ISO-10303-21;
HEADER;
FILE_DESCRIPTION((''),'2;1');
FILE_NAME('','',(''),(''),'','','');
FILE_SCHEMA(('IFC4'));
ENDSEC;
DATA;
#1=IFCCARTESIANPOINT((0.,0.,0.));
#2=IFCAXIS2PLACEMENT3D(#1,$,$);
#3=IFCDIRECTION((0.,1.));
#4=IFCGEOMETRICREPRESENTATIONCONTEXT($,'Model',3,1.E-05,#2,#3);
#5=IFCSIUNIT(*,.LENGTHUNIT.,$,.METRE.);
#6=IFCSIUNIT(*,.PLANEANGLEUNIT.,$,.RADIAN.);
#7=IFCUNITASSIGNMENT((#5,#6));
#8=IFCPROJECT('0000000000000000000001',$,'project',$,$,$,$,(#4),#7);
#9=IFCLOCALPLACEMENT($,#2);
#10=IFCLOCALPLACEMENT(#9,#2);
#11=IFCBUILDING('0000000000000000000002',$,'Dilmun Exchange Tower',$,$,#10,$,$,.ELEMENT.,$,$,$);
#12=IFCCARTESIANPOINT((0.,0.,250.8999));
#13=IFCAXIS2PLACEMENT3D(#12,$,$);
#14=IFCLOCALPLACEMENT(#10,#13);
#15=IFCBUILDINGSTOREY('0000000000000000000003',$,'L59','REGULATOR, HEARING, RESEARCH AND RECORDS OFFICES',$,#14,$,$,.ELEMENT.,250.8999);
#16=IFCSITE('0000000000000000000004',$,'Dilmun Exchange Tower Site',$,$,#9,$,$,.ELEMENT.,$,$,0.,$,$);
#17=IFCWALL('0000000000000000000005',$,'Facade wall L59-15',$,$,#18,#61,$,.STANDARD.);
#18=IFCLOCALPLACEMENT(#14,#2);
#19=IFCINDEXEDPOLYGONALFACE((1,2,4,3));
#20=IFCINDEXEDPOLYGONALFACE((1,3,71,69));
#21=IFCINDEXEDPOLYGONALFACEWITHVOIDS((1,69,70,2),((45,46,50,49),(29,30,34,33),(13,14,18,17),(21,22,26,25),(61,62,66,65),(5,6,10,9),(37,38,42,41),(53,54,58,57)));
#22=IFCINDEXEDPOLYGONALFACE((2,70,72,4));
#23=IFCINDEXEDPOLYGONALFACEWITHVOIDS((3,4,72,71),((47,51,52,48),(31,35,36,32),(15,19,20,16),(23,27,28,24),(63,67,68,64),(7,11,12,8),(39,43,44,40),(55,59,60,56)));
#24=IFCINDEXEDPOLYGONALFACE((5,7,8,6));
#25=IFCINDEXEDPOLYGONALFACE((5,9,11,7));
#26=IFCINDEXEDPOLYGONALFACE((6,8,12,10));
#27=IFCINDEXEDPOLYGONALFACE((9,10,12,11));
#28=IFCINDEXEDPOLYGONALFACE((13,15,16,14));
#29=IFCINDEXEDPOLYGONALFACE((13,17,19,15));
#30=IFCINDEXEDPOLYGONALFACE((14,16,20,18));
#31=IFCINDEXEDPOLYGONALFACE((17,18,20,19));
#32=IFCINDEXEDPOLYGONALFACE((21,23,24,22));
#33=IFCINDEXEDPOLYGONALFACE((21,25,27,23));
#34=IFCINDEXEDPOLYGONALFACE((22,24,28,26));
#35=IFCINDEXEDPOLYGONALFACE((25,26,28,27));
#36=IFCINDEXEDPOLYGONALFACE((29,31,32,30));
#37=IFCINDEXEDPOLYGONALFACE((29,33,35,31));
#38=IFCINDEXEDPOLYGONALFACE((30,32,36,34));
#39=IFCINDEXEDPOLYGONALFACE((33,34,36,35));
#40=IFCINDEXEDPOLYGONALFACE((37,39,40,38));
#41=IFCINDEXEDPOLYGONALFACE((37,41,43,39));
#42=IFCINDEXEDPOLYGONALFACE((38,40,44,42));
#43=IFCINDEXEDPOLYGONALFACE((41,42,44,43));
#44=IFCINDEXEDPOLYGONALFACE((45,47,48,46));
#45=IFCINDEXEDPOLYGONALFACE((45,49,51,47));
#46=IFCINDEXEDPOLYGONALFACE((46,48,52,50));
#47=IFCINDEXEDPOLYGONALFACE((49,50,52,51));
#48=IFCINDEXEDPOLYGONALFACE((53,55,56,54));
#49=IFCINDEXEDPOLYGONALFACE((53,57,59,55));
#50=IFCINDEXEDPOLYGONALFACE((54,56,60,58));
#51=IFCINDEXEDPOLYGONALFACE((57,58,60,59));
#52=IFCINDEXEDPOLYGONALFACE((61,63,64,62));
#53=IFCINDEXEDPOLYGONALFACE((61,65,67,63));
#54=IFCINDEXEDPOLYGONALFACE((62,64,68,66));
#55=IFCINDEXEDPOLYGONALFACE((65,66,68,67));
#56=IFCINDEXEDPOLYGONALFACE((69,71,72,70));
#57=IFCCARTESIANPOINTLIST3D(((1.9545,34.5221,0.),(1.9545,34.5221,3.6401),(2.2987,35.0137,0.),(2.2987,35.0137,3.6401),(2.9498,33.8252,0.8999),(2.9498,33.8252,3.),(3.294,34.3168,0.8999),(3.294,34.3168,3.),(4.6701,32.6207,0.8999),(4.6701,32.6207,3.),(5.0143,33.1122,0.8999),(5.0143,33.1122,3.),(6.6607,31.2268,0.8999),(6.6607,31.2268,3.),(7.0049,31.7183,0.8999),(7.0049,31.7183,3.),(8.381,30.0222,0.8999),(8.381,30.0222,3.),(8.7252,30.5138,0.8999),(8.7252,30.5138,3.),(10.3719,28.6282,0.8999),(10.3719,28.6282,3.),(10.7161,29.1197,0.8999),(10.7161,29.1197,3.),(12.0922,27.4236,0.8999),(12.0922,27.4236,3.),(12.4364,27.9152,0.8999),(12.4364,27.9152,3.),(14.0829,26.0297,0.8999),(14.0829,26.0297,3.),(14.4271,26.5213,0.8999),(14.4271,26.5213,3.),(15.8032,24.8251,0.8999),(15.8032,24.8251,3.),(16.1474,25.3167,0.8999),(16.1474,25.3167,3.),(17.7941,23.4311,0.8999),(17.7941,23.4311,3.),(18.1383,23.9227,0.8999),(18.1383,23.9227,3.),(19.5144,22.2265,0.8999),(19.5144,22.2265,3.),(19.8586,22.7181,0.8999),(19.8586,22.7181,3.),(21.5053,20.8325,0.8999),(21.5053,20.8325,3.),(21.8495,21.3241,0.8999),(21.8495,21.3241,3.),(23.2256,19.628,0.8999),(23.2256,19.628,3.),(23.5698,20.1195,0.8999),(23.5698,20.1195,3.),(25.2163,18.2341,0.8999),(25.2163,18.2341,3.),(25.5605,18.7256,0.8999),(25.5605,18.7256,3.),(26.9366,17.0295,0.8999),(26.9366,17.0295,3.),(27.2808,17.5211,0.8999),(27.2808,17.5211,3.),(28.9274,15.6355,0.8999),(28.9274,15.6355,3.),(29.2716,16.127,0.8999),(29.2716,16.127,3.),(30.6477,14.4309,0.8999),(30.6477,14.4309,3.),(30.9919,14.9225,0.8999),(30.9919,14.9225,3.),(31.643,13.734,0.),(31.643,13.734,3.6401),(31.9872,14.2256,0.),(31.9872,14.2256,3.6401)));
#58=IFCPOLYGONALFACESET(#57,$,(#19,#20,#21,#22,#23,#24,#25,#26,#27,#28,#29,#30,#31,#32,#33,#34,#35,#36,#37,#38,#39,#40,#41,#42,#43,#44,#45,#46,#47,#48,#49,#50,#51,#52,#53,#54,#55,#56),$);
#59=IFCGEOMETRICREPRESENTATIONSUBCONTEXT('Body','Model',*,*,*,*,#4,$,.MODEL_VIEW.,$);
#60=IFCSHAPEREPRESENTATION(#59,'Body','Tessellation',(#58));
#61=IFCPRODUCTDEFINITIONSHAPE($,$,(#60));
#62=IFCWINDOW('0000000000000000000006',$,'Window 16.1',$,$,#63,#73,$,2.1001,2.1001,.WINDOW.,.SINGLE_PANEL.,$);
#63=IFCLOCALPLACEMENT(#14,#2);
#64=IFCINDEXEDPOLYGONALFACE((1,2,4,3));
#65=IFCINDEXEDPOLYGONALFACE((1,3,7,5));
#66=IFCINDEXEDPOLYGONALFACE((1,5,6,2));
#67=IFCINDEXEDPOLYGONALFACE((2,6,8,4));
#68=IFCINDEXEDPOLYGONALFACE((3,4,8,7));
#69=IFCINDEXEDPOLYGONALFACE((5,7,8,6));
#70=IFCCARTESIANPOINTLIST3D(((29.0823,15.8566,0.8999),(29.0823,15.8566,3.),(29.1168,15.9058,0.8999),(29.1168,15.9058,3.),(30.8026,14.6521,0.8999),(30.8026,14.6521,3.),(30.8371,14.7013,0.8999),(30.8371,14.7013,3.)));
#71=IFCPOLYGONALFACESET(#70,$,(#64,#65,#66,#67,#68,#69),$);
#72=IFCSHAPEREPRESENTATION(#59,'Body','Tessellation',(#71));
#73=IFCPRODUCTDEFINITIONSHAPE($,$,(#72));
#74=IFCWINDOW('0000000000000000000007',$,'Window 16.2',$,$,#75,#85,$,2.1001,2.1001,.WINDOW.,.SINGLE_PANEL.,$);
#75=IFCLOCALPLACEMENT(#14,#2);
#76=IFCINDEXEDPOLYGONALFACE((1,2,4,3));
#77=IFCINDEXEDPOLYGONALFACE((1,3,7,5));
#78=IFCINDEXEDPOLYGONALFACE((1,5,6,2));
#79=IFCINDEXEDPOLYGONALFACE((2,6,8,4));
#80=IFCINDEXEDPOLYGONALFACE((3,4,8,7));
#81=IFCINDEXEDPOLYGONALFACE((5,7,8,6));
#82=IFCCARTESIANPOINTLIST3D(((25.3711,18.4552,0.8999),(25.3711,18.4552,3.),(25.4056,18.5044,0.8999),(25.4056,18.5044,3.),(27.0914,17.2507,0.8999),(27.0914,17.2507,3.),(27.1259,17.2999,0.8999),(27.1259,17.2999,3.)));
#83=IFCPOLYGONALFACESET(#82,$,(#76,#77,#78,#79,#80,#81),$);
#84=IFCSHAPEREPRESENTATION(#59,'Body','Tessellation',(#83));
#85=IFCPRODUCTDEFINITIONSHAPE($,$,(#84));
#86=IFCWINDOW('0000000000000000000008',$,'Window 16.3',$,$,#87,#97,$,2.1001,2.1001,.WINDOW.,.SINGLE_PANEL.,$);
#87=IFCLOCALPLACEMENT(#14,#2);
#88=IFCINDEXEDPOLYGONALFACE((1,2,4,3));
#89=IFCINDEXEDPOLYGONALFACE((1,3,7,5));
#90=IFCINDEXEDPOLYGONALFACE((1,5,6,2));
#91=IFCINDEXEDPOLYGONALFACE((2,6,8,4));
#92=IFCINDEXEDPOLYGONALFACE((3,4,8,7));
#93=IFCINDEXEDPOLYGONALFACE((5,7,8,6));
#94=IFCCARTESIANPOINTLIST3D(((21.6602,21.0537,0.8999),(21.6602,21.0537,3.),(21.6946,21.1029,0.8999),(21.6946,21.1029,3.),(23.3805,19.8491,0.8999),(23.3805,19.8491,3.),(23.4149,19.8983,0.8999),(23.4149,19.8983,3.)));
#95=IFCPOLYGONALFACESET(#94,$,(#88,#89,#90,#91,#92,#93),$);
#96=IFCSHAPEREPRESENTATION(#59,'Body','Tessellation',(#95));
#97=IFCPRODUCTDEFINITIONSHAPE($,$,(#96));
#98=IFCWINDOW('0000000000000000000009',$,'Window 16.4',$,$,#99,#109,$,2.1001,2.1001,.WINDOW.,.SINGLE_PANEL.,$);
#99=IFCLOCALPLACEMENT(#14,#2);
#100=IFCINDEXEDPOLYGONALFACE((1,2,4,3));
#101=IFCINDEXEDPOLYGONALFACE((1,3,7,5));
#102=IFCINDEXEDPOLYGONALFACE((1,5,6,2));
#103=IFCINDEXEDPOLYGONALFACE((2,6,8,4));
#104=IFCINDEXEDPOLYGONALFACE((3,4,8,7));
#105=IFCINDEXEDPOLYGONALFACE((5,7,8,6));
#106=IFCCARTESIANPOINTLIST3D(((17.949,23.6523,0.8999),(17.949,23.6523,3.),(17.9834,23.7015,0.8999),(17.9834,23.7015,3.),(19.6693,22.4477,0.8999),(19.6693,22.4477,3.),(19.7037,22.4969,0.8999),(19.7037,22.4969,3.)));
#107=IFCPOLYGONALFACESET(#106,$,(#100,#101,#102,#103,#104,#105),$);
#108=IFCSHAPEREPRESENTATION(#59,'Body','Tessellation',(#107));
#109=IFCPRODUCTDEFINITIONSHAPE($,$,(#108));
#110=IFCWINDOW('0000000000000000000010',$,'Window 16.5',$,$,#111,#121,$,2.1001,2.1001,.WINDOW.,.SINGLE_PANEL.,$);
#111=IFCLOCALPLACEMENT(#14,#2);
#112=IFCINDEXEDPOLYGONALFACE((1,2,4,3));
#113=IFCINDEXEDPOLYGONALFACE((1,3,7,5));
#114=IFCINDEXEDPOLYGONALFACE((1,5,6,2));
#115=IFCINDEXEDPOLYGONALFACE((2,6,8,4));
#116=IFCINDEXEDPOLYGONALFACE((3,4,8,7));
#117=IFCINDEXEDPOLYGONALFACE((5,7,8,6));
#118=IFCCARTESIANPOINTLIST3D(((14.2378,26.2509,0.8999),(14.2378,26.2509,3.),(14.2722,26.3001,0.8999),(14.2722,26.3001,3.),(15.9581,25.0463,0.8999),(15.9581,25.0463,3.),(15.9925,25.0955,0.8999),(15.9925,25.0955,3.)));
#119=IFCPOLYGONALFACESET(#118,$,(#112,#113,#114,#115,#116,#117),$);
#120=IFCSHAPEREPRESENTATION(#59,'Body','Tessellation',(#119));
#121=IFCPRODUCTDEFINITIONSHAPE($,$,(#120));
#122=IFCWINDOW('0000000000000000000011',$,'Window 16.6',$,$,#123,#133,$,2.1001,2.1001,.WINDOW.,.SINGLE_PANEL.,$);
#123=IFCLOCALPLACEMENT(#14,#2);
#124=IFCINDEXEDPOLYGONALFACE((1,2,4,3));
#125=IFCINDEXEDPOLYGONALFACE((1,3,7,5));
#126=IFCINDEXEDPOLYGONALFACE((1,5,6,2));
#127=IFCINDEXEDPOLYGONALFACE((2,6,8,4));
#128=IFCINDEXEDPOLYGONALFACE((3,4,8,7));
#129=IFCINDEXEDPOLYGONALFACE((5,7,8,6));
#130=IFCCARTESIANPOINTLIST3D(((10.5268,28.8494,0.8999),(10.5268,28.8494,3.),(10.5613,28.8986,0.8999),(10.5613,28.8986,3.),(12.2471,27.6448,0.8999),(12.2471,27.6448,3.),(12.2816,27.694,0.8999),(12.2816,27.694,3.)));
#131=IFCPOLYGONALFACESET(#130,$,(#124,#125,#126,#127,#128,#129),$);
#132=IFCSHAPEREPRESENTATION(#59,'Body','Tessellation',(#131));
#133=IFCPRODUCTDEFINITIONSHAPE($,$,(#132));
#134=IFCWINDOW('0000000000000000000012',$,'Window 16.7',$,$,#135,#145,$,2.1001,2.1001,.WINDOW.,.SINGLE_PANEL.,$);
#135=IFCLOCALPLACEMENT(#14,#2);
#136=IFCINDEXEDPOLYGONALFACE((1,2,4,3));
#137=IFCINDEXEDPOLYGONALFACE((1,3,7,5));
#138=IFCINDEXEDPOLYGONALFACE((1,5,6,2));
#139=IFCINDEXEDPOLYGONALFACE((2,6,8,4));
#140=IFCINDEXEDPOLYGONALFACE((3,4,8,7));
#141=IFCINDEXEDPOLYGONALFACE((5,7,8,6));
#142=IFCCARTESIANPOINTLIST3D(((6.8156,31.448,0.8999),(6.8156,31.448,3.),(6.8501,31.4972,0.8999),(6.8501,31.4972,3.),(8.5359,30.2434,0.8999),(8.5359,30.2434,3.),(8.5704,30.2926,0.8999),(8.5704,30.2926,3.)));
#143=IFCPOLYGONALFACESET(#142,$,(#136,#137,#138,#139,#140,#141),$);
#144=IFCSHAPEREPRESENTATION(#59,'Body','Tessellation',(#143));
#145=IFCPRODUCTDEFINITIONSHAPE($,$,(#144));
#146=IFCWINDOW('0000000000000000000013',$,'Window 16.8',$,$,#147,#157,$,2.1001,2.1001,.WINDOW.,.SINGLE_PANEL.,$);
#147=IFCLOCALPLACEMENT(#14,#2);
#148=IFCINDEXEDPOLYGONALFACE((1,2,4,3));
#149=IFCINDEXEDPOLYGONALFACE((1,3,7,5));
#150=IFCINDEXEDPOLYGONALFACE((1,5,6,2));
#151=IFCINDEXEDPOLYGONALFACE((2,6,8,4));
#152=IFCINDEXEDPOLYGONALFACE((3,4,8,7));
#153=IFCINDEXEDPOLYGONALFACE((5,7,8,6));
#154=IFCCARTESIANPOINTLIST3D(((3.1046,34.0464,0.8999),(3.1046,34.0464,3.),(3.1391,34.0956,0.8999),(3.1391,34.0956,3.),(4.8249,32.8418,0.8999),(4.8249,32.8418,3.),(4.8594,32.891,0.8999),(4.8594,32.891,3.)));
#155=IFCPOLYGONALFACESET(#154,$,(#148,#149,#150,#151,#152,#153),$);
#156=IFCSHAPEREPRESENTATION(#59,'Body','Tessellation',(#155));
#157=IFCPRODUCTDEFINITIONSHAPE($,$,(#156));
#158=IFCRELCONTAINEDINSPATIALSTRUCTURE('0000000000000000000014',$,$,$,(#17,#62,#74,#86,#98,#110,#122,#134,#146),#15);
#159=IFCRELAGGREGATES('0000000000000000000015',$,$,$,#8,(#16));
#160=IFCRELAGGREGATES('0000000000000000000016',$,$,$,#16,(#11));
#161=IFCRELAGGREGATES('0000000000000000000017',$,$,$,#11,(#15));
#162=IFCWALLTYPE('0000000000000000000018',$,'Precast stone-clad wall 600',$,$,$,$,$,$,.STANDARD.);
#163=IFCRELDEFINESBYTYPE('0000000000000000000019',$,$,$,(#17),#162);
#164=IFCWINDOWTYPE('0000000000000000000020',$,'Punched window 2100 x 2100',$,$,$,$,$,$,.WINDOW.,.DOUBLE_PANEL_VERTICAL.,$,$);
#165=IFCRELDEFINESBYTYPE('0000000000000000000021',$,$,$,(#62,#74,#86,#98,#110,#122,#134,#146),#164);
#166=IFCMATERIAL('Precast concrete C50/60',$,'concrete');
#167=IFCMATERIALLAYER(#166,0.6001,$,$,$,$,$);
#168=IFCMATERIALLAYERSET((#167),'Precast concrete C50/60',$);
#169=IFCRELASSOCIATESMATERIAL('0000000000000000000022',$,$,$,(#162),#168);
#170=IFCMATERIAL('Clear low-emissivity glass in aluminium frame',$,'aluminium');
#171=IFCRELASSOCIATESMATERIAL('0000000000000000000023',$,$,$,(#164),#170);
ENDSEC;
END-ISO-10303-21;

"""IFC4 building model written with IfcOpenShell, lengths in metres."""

from ifc_helpers import new_model, si_unit, direction, frame, frame_2d, origin, place, context, subcontext, project, spatial, rectangle, extrude, material, layer, layer_set, type_object, element, fill, save


model = new_model("IFC4")

# Units and contexts
model_context = context("Model", 3, precision=1e-05, world=origin(), true_north=direction((0.0, 1.0)))
body_context = subcontext(model_context, "Body", "Model", "MODEL_VIEW")
ifc_project = project(units=[si_unit("LENGTHUNIT", "METRE"), si_unit("PLANEANGLEUNIT", "RADIAN")], contexts=[model_context])

# Site, building, storey
site_placement = place(None, origin())
site = spatial("IfcSite", under=ifc_project, at=site_placement, Name="Dilmun Exchange Tower Site", CompositionType="ELEMENT", RefElevation=0.0)
building_placement = place(site_placement, origin())
building = spatial("IfcBuilding", under=site, at=building_placement, Name="Dilmun Exchange Tower", CompositionType="ELEMENT")
storey_placement = place(building_placement, frame((0.0, 0.0, 250.8999)))
storey = spatial("IfcBuildingStorey", under=building, at=storey_placement, Name="L59", Description="REGULATOR, HEARING, RESEARCH AND RECORDS OFFICES", CompositionType="ELEMENT", Elevation=250.8999)

# Shared definitions
ifc_material_1 = material(Name="Precast concrete C50/60", Category="concrete")
ifc_layer_1 = layer(ifc_material_1, 0.6001)
ifc_layer_set_1 = layer_set([ifc_layer_1], Name="Precast concrete C50/60")
wall_type_1 = type_object("IfcWallType", Name="Precast stone-clad wall 600", PredefinedType="STANDARD", material=ifc_layer_set_1)
ifc_material_2 = material(Name="Clear low-emissivity glass in aluminium frame", Category="aluminium")

# Wall, openings, windows
wall_1_placement = place(storey_placement, frame((31.8152, 13.9797, 0.0), z_axis=(0.0, 0.0, 1.0), x_axis=(-0.819152, 0.573576, 0.0)))
wall_1 = element("IfcWall", 1, at=wall_1_placement, inside=storey, type_object=wall_type_1, Name="Facade wall L59-15", PredefinedType="STANDARD", context=body_context, shape_type="SweptSolid", body=[
    extrude(rectangle(XDim=36.2429, YDim=0.6001, at=frame_2d((18.1216, 0.0))), origin(), (0.0, 0.0, 1.0), 3.6401),
])
opening_1_placement = place(wall_1_placement, frame((1.2151, 0.0, 0.8999)))
opening_1 = element("IfcOpeningElement", 2, at=opening_1_placement, cuts=wall_1, PredefinedType="OPENING", context=body_context, shape_type="SweptSolid", body=[
    extrude(rectangle(XDim=2.1001, YDim=2.1001, at=frame_2d((1.05, 1.05))), frame((0.0, 0.3101, 0.0), z_axis=(0.0, -1.0, 0.0), x_axis=(1.0, 0.0, 0.0)), (0.0, 0.0, 1.0), 0.6201),
])
opening_2_placement = place(wall_1_placement, frame((5.7456, 0.0, 0.8999)))
opening_2 = element("IfcOpeningElement", 3, at=opening_2_placement, cuts=wall_1, PredefinedType="OPENING", context=body_context, shape_type="SweptSolid", body=[
    extrude(rectangle(XDim=2.1001, YDim=2.1001, at=frame_2d((1.05, 1.05))), frame((0.0, 0.3101, 0.0), z_axis=(0.0, -1.0, 0.0), x_axis=(1.0, 0.0, 0.0)), (0.0, 0.0, 1.0), 0.6201),
])
opening_3_placement = place(wall_1_placement, frame((10.2759, 0.0, 0.8999)))
opening_3 = element("IfcOpeningElement", 4, at=opening_3_placement, cuts=wall_1, PredefinedType="OPENING", context=body_context, shape_type="SweptSolid", body=[
    extrude(rectangle(XDim=2.1001, YDim=2.1001, at=frame_2d((1.05, 1.05))), frame((0.0, 0.3101, 0.0), z_axis=(0.0, -1.0, 0.0), x_axis=(1.0, 0.0, 0.0)), (0.0, 0.0, 1.0), 0.6201),
])
opening_4_placement = place(wall_1_placement, frame((14.8064, 0.0, 0.8999)))
opening_4 = element("IfcOpeningElement", 5, at=opening_4_placement, cuts=wall_1, PredefinedType="OPENING", context=body_context, shape_type="SweptSolid", body=[
    extrude(rectangle(XDim=2.1001, YDim=2.1001, at=frame_2d((1.05, 1.05))), frame((0.0, 0.3101, 0.0), z_axis=(0.0, -1.0, 0.0), x_axis=(1.0, 0.0, 0.0)), (0.0, 0.0, 1.0), 0.6201),
])
opening_5_placement = place(wall_1_placement, frame((19.3369, 0.0, 0.8999)))
opening_5 = element("IfcOpeningElement", 6, at=opening_5_placement, cuts=wall_1, PredefinedType="OPENING", context=body_context, shape_type="SweptSolid", body=[
    extrude(rectangle(XDim=2.1001, YDim=2.1001, at=frame_2d((1.05, 1.05))), frame((0.0, 0.3101, 0.0), z_axis=(0.0, -1.0, 0.0), x_axis=(1.0, 0.0, 0.0)), (0.0, 0.0, 1.0), 0.6201),
])
opening_6_placement = place(wall_1_placement, frame((23.8672, 0.0, 0.8999)))
opening_6 = element("IfcOpeningElement", 7, at=opening_6_placement, cuts=wall_1, PredefinedType="OPENING", context=body_context, shape_type="SweptSolid", body=[
    extrude(rectangle(XDim=2.1001, YDim=2.1001, at=frame_2d((1.05, 1.05))), frame((0.0, 0.3101, 0.0), z_axis=(0.0, -1.0, 0.0), x_axis=(1.0, 0.0, 0.0)), (0.0, 0.0, 1.0), 0.6201),
])
opening_7_placement = place(wall_1_placement, frame((28.3977, 0.0, 0.8999)))
opening_7 = element("IfcOpeningElement", 8, at=opening_7_placement, cuts=wall_1, PredefinedType="OPENING", context=body_context, shape_type="SweptSolid", body=[
    extrude(rectangle(XDim=2.1001, YDim=2.1001, at=frame_2d((1.05, 1.05))), frame((0.0, 0.3101, 0.0), z_axis=(0.0, -1.0, 0.0), x_axis=(1.0, 0.0, 0.0)), (0.0, 0.0, 1.0), 0.6201),
])
opening_8_placement = place(wall_1_placement, frame((32.928, 0.0, 0.8999)))
opening_8 = element("IfcOpeningElement", 9, at=opening_8_placement, cuts=wall_1, PredefinedType="OPENING", context=body_context, shape_type="SweptSolid", body=[
    extrude(rectangle(XDim=2.1001, YDim=2.1001, at=frame_2d((1.05, 1.05))), frame((0.0, 0.3101, 0.0), z_axis=(0.0, -1.0, 0.0), x_axis=(1.0, 0.0, 0.0)), (0.0, 0.0, 1.0), 0.6201),
])
window_type_1 = type_object("IfcWindowType", Name="Punched window 2100 x 2100", PartitioningType="DOUBLE_PANEL_VERTICAL", PredefinedType="WINDOW", material=ifc_material_2)
window_1_placement = place(opening_1_placement, origin())
window_1 = element("IfcWindow", 10, at=window_1_placement, inside=storey, type_object=window_type_1, Name="Window 16.1", OverallHeight=2.1001, OverallWidth=2.1001, PartitioningType="SINGLE_PANEL", PredefinedType="WINDOW", context=body_context, shape_type="SweptSolid", body=[
    extrude(rectangle(XDim=2.1001, YDim=2.1001, at=frame_2d((1.05, 1.05))), frame((0.0, 0.03, 0.0), z_axis=(0.0, -1.0, 0.0), x_axis=(1.0, 0.0, 0.0)), (0.0, 0.0, 1.0), 0.0601),
])
fill(opening_1, window_1)
window_2_placement = place(opening_2_placement, origin())
window_2 = element("IfcWindow", 11, at=window_2_placement, inside=storey, type_object=window_type_1, Name="Window 16.2", OverallHeight=2.1001, OverallWidth=2.1001, PartitioningType="SINGLE_PANEL", PredefinedType="WINDOW", context=body_context, shape_type="SweptSolid", body=[
    extrude(rectangle(XDim=2.1001, YDim=2.1001, at=frame_2d((1.05, 1.05))), frame((0.0, 0.03, 0.0), z_axis=(0.0, -1.0, 0.0), x_axis=(1.0, 0.0, 0.0)), (0.0, 0.0, 1.0), 0.0601),
])
fill(opening_2, window_2)
window_3_placement = place(opening_3_placement, origin())
window_3 = element("IfcWindow", 12, at=window_3_placement, inside=storey, type_object=window_type_1, Name="Window 16.3", OverallHeight=2.1001, OverallWidth=2.1001, PartitioningType="SINGLE_PANEL", PredefinedType="WINDOW", context=body_context, shape_type="SweptSolid", body=[
    extrude(rectangle(XDim=2.1001, YDim=2.1001, at=frame_2d((1.05, 1.05))), frame((0.0, 0.03, 0.0), z_axis=(0.0, -1.0, 0.0), x_axis=(1.0, 0.0, 0.0)), (0.0, 0.0, 1.0), 0.0601),
])
fill(opening_3, window_3)
window_4_placement = place(opening_4_placement, origin())
window_4 = element("IfcWindow", 13, at=window_4_placement, inside=storey, type_object=window_type_1, Name="Window 16.4", OverallHeight=2.1001, OverallWidth=2.1001, PartitioningType="SINGLE_PANEL", PredefinedType="WINDOW", context=body_context, shape_type="SweptSolid", body=[
    extrude(rectangle(XDim=2.1001, YDim=2.1001, at=frame_2d((1.05, 1.05))), frame((0.0, 0.03, 0.0), z_axis=(0.0, -1.0, 0.0), x_axis=(1.0, 0.0, 0.0)), (0.0, 0.0, 1.0), 0.0601),
])
fill(opening_4, window_4)
window_5_placement = place(opening_5_placement, origin())
window_5 = element("IfcWindow", 14, at=window_5_placement, inside=storey, type_object=window_type_1, Name="Window 16.5", OverallHeight=2.1001, OverallWidth=2.1001, PartitioningType="SINGLE_PANEL", PredefinedType="WINDOW", context=body_context, shape_type="SweptSolid", body=[
    extrude(rectangle(XDim=2.1001, YDim=2.1001, at=frame_2d((1.05, 1.05))), frame((0.0, 0.03, 0.0), z_axis=(0.0, -1.0, 0.0), x_axis=(1.0, 0.0, 0.0)), (0.0, 0.0, 1.0), 0.0601),
])
fill(opening_5, window_5)
window_6_placement = place(opening_6_placement, origin())
window_6 = element("IfcWindow", 15, at=window_6_placement, inside=storey, type_object=window_type_1, Name="Window 16.6", OverallHeight=2.1001, OverallWidth=2.1001, PartitioningType="SINGLE_PANEL", PredefinedType="WINDOW", context=body_context, shape_type="SweptSolid", body=[
    extrude(rectangle(XDim=2.1001, YDim=2.1001, at=frame_2d((1.05, 1.05))), frame((0.0, 0.03, 0.0), z_axis=(0.0, -1.0, 0.0), x_axis=(1.0, 0.0, 0.0)), (0.0, 0.0, 1.0), 0.0601),
])
fill(opening_6, window_6)
window_7_placement = place(opening_7_placement, origin())
window_7 = element("IfcWindow", 16, at=window_7_placement, inside=storey, type_object=window_type_1, Name="Window 16.7", OverallHeight=2.1001, OverallWidth=2.1001, PartitioningType="SINGLE_PANEL", PredefinedType="WINDOW", context=body_context, shape_type="SweptSolid", body=[
    extrude(rectangle(XDim=2.1001, YDim=2.1001, at=frame_2d((1.05, 1.05))), frame((0.0, 0.03, 0.0), z_axis=(0.0, -1.0, 0.0), x_axis=(1.0, 0.0, 0.0)), (0.0, 0.0, 1.0), 0.0601),
])
fill(opening_7, window_7)
window_8_placement = place(opening_8_placement, origin())
window_8 = element("IfcWindow", 17, at=window_8_placement, inside=storey, type_object=window_type_1, Name="Window 16.8", OverallHeight=2.1001, OverallWidth=2.1001, PartitioningType="SINGLE_PANEL", PredefinedType="WINDOW", context=body_context, shape_type="SweptSolid", body=[
    extrude(rectangle(XDim=2.1001, YDim=2.1001, at=frame_2d((1.05, 1.05))), frame((0.0, 0.03, 0.0), z_axis=(0.0, -1.0, 0.0), x_axis=(1.0, 0.0, 0.0)), (0.0, 0.0, 1.0), 0.0601),
])
fill(opening_8, window_8)

save(model, "model.ifc")
